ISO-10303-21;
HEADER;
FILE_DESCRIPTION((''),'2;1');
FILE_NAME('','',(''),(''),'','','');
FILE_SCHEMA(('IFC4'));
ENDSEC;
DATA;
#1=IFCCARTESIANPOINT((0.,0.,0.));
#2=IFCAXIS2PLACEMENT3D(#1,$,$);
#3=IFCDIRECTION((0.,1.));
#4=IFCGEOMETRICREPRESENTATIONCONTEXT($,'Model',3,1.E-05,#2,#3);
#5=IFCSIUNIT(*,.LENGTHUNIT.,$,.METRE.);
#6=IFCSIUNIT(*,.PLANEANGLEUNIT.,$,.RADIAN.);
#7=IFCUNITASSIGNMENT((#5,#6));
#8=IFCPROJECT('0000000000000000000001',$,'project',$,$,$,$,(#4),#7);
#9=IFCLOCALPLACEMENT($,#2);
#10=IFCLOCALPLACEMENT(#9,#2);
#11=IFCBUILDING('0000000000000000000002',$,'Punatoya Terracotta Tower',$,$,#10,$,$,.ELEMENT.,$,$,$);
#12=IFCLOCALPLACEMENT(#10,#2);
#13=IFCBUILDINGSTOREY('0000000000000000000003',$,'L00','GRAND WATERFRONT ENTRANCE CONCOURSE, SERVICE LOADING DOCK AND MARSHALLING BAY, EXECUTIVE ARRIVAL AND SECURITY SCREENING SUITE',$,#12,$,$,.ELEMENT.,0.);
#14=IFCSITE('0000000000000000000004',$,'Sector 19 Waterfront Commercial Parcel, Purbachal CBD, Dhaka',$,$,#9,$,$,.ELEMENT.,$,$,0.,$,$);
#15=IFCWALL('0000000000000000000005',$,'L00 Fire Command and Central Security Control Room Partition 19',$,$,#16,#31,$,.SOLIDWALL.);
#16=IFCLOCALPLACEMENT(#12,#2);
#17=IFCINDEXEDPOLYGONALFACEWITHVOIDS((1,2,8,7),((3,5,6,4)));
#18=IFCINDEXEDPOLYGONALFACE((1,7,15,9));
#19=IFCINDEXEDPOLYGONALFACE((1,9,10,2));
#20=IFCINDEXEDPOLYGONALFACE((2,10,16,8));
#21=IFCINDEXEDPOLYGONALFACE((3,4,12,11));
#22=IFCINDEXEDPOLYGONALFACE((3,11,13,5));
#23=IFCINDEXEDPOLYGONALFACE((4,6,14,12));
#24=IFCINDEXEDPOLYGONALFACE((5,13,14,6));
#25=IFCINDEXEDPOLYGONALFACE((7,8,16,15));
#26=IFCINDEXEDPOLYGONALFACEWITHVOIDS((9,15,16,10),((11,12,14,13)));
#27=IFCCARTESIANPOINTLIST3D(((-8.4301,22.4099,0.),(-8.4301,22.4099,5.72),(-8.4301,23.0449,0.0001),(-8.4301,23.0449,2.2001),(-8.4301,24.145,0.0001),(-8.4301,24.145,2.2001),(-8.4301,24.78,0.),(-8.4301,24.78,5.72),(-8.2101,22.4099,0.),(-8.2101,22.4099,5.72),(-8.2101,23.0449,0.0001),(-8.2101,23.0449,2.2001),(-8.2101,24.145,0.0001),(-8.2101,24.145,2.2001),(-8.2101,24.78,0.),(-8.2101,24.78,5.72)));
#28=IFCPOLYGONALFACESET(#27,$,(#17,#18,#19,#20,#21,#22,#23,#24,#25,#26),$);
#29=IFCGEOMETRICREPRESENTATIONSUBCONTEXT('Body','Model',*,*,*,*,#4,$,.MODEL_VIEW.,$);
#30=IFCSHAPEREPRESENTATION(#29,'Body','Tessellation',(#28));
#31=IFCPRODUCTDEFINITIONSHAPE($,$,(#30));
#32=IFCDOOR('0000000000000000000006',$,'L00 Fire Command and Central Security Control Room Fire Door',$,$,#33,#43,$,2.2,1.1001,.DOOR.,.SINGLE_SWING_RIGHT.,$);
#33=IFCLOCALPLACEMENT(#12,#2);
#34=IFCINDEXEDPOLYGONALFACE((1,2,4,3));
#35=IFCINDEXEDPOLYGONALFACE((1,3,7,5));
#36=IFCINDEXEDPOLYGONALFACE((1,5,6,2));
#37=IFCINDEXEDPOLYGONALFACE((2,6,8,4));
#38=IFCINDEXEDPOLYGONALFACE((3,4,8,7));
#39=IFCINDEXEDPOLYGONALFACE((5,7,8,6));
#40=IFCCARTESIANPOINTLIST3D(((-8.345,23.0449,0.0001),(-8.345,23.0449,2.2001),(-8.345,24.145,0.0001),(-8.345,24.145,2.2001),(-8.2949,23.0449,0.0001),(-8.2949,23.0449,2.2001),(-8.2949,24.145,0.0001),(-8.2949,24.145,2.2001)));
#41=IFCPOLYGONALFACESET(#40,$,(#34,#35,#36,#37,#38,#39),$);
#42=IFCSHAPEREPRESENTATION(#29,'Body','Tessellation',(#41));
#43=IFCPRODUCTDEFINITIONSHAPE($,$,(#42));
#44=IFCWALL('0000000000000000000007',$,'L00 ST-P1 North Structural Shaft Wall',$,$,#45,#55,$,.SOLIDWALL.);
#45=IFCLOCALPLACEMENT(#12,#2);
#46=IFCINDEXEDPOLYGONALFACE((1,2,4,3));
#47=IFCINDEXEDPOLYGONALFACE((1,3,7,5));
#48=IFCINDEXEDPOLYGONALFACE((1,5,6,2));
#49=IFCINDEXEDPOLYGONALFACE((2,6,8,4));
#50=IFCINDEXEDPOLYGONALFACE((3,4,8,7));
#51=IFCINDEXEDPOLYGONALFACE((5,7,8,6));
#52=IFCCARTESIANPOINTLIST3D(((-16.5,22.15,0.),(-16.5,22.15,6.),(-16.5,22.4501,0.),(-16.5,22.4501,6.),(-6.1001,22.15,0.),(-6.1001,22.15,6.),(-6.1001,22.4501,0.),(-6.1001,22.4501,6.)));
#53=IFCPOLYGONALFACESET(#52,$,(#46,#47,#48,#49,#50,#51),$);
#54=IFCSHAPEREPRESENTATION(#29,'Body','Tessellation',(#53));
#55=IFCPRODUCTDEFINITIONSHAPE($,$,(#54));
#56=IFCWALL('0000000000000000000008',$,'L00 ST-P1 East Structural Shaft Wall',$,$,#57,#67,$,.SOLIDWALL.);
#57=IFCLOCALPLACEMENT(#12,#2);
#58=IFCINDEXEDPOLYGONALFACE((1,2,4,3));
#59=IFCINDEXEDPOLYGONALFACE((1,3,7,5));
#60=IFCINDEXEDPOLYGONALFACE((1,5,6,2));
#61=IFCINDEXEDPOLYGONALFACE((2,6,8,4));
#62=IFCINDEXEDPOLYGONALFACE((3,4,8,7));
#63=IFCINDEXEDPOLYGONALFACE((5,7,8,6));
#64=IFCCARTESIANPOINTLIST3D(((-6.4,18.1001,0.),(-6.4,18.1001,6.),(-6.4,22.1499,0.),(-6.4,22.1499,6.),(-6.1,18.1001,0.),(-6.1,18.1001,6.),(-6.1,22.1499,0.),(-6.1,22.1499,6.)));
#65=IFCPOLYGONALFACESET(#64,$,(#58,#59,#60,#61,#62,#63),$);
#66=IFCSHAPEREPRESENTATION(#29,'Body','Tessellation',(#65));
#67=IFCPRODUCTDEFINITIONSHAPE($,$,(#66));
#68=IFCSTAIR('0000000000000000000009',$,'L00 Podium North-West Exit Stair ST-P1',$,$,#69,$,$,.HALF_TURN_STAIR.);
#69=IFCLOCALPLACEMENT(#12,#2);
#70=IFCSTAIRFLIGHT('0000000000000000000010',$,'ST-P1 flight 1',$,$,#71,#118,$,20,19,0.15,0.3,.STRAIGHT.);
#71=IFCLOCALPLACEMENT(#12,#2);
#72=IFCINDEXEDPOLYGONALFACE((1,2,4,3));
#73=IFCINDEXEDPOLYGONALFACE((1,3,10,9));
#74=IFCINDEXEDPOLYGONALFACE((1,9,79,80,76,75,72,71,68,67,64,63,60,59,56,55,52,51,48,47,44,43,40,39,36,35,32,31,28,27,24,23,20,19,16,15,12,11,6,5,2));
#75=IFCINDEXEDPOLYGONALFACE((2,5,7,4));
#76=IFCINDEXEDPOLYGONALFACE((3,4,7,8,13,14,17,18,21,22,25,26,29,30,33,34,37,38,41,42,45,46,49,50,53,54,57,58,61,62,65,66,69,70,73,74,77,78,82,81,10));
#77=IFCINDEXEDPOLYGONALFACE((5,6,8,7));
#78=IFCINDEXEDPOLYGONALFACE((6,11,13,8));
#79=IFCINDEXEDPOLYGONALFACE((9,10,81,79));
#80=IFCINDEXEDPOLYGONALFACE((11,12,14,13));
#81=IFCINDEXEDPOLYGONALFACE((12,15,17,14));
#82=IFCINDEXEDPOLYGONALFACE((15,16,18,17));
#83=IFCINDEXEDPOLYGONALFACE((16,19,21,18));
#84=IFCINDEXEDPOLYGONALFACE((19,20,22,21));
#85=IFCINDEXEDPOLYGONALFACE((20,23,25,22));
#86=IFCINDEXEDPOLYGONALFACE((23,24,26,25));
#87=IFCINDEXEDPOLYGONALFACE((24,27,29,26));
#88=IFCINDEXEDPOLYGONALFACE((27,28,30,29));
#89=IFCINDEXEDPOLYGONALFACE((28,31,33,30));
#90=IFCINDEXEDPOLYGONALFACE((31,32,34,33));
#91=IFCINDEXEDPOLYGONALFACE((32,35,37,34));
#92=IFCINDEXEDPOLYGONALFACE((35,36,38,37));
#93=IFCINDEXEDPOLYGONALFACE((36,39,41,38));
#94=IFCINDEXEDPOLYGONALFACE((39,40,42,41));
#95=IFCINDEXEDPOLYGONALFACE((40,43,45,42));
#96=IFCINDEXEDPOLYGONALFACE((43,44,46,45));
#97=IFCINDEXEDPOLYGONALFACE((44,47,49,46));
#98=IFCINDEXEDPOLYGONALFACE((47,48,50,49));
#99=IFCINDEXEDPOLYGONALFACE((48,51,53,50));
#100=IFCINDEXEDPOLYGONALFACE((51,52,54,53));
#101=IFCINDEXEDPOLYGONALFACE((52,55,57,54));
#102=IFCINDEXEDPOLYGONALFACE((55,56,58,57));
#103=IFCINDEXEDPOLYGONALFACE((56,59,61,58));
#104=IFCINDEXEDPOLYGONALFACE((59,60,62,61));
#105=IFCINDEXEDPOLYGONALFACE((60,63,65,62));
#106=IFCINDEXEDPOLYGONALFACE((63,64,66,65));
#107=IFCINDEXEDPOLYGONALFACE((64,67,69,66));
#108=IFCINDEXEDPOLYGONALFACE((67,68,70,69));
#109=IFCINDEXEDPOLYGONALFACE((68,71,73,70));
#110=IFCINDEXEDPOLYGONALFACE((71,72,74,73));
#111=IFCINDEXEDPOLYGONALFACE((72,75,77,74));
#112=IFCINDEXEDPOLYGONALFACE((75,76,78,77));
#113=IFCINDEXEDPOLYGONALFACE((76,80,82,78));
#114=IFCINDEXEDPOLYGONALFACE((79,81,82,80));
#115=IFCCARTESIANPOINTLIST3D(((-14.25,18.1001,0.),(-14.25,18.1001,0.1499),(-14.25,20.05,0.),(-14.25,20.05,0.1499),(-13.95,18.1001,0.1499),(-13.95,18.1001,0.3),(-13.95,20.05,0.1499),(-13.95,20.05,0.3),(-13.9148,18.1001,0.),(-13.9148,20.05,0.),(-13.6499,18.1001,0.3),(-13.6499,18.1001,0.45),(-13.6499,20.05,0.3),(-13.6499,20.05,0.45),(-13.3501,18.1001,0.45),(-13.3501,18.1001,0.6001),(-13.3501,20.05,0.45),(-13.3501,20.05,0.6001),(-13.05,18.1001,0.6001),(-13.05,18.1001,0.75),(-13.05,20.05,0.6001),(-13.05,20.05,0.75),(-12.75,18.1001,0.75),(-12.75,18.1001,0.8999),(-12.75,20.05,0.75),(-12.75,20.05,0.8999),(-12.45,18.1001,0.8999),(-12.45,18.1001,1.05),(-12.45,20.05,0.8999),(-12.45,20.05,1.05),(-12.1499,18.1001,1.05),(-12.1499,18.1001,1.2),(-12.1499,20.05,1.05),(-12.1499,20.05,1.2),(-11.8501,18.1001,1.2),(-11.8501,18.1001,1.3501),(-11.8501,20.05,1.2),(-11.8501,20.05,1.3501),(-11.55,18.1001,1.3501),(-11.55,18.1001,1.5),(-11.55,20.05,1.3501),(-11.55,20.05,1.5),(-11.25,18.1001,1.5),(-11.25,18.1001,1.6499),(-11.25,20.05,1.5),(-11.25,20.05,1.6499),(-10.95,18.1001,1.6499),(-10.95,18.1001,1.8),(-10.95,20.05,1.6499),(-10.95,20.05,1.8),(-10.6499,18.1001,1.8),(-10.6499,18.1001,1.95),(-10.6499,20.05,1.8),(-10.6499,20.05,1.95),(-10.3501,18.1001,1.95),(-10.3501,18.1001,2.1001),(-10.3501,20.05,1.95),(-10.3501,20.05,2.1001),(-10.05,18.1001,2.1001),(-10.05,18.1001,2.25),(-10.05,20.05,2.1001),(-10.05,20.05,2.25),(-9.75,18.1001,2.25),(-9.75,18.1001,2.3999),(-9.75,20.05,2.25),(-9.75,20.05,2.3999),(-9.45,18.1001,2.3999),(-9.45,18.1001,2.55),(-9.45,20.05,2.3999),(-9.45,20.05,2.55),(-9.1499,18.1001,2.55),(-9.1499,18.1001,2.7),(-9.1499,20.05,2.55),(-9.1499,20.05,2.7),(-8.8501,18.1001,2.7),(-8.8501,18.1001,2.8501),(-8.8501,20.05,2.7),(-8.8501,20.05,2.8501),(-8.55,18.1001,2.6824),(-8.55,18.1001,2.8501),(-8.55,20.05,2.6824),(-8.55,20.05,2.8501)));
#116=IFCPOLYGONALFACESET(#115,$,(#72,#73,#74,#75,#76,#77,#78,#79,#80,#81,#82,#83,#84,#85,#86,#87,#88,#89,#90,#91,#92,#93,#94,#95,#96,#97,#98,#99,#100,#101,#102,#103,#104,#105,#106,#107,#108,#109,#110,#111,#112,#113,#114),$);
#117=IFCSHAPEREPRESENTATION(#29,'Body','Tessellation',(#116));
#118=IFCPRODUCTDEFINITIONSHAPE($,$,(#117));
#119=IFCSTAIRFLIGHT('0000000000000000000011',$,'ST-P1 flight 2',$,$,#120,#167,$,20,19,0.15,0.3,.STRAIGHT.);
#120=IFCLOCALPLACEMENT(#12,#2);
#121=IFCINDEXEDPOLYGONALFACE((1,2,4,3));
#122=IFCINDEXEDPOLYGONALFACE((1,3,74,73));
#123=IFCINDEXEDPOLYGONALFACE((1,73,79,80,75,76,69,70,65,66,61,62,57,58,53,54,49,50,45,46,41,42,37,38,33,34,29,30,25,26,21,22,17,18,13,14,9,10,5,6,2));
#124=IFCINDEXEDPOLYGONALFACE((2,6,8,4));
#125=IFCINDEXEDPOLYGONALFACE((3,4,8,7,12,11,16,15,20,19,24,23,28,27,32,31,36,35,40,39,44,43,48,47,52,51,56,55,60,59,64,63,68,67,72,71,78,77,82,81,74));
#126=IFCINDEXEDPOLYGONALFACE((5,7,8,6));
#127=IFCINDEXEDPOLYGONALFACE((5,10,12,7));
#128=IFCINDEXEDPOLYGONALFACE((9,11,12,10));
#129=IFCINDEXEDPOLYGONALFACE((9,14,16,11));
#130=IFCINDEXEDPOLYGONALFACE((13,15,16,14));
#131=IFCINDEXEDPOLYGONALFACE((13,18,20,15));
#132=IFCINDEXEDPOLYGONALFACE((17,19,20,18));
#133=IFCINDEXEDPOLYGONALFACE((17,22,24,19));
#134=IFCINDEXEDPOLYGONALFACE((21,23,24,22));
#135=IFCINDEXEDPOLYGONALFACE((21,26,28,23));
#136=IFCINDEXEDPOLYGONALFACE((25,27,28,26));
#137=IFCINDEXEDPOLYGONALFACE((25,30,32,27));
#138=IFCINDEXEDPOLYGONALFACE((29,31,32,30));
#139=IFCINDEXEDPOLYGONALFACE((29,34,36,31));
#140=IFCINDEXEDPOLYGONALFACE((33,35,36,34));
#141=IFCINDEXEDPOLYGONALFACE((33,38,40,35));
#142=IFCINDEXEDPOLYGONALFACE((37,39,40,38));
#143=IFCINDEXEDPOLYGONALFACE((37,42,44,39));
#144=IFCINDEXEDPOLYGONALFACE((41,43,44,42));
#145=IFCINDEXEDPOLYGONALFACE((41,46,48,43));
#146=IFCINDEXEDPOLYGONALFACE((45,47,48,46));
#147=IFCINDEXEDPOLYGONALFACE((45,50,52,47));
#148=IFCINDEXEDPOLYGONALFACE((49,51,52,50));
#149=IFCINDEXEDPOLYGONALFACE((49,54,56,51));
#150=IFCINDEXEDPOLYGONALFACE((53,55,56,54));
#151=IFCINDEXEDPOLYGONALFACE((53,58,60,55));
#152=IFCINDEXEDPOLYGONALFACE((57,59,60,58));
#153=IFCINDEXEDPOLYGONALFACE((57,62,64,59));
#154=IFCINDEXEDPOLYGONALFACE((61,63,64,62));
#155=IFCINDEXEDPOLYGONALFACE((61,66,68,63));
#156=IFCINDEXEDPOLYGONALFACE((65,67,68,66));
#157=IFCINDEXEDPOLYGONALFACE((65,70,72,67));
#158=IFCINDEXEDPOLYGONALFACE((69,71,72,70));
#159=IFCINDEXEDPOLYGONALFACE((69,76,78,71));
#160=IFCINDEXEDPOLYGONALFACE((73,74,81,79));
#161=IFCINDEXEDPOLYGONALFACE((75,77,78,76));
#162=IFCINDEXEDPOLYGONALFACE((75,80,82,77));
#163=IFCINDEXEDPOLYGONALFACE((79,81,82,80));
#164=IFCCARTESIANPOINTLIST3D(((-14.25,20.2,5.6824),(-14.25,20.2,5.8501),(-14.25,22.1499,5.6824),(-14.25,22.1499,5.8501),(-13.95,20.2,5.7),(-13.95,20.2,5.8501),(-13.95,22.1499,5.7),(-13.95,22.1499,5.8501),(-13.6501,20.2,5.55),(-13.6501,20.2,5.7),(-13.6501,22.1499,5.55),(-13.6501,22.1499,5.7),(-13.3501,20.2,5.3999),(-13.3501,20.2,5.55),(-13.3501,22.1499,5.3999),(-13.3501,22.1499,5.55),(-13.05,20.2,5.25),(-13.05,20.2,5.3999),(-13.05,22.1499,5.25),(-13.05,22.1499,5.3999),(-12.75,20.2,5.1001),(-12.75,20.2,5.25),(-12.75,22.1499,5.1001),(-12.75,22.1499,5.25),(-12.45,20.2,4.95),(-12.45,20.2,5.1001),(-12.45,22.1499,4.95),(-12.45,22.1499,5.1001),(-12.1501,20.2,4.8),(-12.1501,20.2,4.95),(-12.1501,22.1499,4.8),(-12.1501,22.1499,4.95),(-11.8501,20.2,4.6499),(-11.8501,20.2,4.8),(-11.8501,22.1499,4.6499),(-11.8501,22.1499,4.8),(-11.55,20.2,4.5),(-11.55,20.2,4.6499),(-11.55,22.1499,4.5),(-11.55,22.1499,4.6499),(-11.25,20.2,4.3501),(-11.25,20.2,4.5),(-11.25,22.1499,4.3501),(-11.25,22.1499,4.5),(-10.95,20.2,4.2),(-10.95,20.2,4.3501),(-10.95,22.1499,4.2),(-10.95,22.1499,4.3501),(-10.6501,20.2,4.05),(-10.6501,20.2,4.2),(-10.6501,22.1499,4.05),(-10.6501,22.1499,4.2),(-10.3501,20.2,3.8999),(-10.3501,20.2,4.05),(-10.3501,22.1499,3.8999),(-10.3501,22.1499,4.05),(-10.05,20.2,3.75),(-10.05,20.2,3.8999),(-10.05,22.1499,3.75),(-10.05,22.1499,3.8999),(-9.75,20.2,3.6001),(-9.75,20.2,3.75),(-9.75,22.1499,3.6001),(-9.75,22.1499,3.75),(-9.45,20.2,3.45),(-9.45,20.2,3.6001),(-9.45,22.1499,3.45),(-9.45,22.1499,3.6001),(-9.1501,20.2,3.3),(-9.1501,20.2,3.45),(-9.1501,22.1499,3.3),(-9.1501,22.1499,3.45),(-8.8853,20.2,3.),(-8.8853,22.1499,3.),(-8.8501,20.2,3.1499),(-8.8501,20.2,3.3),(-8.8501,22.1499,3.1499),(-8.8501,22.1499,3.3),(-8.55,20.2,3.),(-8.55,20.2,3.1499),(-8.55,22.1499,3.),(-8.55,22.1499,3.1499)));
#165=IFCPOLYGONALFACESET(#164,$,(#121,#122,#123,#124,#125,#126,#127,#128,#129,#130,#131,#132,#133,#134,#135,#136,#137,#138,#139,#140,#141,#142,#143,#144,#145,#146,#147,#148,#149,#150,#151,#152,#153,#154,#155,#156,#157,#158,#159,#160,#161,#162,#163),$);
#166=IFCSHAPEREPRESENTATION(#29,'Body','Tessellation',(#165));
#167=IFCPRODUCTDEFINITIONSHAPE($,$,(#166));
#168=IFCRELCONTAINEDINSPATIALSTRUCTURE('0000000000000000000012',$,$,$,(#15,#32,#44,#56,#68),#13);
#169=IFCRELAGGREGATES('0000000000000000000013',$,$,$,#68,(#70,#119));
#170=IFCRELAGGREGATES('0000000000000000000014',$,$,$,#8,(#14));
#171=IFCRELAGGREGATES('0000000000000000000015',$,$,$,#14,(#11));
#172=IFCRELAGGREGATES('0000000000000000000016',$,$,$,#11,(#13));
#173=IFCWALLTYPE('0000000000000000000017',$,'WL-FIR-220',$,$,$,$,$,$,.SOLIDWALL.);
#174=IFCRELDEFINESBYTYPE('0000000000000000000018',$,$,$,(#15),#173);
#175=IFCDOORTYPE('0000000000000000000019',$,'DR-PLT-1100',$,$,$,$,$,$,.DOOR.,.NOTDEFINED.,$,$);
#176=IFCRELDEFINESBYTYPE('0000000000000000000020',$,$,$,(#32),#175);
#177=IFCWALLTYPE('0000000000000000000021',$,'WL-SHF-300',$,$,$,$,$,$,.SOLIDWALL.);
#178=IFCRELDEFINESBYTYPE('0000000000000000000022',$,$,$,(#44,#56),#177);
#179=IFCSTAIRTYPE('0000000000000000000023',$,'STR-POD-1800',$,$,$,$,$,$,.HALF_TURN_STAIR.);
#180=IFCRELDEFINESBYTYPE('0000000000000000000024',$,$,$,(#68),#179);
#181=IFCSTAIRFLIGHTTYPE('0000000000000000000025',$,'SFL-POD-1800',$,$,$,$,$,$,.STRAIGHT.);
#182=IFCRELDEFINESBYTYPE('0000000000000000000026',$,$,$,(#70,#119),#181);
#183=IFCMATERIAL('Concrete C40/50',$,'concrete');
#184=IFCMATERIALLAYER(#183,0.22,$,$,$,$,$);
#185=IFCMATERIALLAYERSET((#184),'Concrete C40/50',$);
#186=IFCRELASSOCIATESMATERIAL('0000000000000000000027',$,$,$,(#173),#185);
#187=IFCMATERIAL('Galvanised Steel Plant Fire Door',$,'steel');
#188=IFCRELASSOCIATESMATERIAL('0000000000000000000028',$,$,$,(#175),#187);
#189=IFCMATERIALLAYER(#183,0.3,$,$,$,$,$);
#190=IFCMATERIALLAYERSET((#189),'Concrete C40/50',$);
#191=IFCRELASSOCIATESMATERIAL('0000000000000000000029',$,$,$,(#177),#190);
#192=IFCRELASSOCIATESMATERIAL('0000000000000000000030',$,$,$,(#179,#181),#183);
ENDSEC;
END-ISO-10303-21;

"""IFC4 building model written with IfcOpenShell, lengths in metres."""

from ifc_helpers import new_model, si_unit, direction, frame, frame_2d, origin, place, context, subcontext, project, spatial, polyline, rectangle, outline, extrude, material, layer, layer_set, type_object, element, fill, aggregate, save


model = new_model("IFC4")

# Units and contexts
model_context = context("Model", 3, precision=1e-05, world=origin(), true_north=direction((0.0, 1.0)))
body_context = subcontext(model_context, "Body", "Model", "MODEL_VIEW")
ifc_project = project(units=[si_unit("LENGTHUNIT", "METRE"), si_unit("PLANEANGLEUNIT", "RADIAN")], contexts=[model_context])

# Site, building, storey
site_placement = place(None, origin())
site = spatial("IfcSite", under=ifc_project, at=site_placement, Name="Sector 19 Waterfront Commercial Parcel, Purbachal CBD, Dhaka", CompositionType="ELEMENT", RefElevation=0.0)
building_placement = place(site_placement, origin())
building = spatial("IfcBuilding", under=site, at=building_placement, Name="Punatoya Terracotta Tower", CompositionType="ELEMENT")
storey_placement = place(building_placement, origin())
storey = spatial("IfcBuildingStorey", under=building, at=storey_placement, Name="L00", Description="GRAND WATERFRONT ENTRANCE CONCOURSE, SERVICE LOADING DOCK AND MARSHALLING BAY, EXECUTIVE ARRIVAL AND SECURITY SCREENING SUITE", CompositionType="ELEMENT", Elevation=0.0)

# Shared definitions
ifc_material_1 = material(Name="Concrete C40/50", Category="concrete")
ifc_layer_1 = layer(ifc_material_1, 0.22)
ifc_layer_set_1 = layer_set([ifc_layer_1], Name="Concrete C40/50")
wall_type_1 = type_object("IfcWallType", Name="WL-FIR-220", PredefinedType="SOLIDWALL", material=ifc_layer_set_1)

# Wall, opening, door
wall_1_placement = place(storey_placement, frame((-8.3201, 22.4099, 0.0), z_axis=(0.0, 0.0, 1.0), x_axis=(0.0, 1.0, 0.0)))
wall_1 = element("IfcWall", 1, at=wall_1_placement, inside=storey, type_object=wall_type_1, Name="L00 Fire Command and Central Security Control Room Partition 19", PredefinedType="SOLIDWALL", context=body_context, shape_type="SweptSolid", body=[
    extrude(rectangle(XDim=2.3701, YDim=0.22, at=frame_2d((1.1851, 0.0))), origin(), (0.0, 0.0, 1.0), 5.72),
])
opening_1_placement = place(wall_1_placement, frame((0.635, 0.0, 0.0)))
opening_1 = element("IfcOpeningElement", 2, at=opening_1_placement, cuts=wall_1, PredefinedType="OPENING", context=body_context, shape_type="SweptSolid", body=[
    extrude(rectangle(XDim=1.1001, YDim=2.2, at=frame_2d((0.55, 1.1001))), frame((0.0, 0.1199, 0.0), z_axis=(0.0, -1.0, 0.0), x_axis=(1.0, 0.0, 0.0)), (0.0, 0.0, 1.0), 0.24),
])
ifc_material_2 = material(Name="Galvanised Steel Plant Fire Door", Category="steel")
door_type_1 = type_object("IfcDoorType", Name="DR-PLT-1100", OperationType="NOTDEFINED", PredefinedType="DOOR", material=ifc_material_2)
door_1_placement = place(opening_1_placement, origin())
door_1 = element("IfcDoor", 3, at=door_1_placement, inside=storey, type_object=door_type_1, Name="L00 Fire Command and Central Security Control Room Fire Door", OperationType="SINGLE_SWING_RIGHT", OverallHeight=2.2, OverallWidth=1.1001, PredefinedType="DOOR", context=body_context, shape_type="SweptSolid", body=[
    extrude(rectangle(XDim=1.1001, YDim=2.2, at=frame_2d((0.55, 1.1001))), frame((0.0, 0.0249, 0.0), z_axis=(0.0, -1.0, 0.0), x_axis=(1.0, 0.0, 0.0)), (0.0, 0.0, 1.0), 0.05),
])
fill(opening_1, door_1)

# Walls
ifc_layer_2 = layer(ifc_material_1, 0.3)
ifc_layer_set_2 = layer_set([ifc_layer_2], Name="Concrete C40/50")
wall_type_2 = type_object("IfcWallType", Name="WL-SHF-300", PredefinedType="SOLIDWALL", material=ifc_layer_set_2)
wall_2_placement = place(storey_placement, frame((-6.1001, 22.3, 0.0), z_axis=(0.0, 0.0, 1.0), x_axis=(-1.0, 0.0, 0.0)))
element("IfcWall", 4, at=wall_2_placement, inside=storey, type_object=wall_type_2, Name="L00 ST-P1 North Structural Shaft Wall", PredefinedType="SOLIDWALL", context=body_context, shape_type="SweptSolid", body=[
    extrude(rectangle(XDim=10.3999, YDim=0.3, at=frame_2d((5.2, 0.0))), origin(), (0.0, 0.0, 1.0), 6.0),
])
wall_3_placement = place(storey_placement, frame((-6.25, 22.1499, 0.0), z_axis=(0.0, 0.0, 1.0), x_axis=(0.0, -1.0, 0.0)))
element("IfcWall", 5, at=wall_3_placement, inside=storey, type_object=wall_type_2, Name="L00 ST-P1 East Structural Shaft Wall", PredefinedType="SOLIDWALL", context=body_context, shape_type="SweptSolid", body=[
    extrude(rectangle(XDim=4.0498, YDim=0.3, at=frame_2d((2.0249, 0.0))), origin(), (0.0, 0.0, 1.0), 6.0),
])

# Stair, stair flights
stair_type = type_object("IfcStairType", Name="STR-POD-1800", PredefinedType="HALF_TURN_STAIR", material=ifc_material_1)
stair_placement = place(storey_placement, origin())
stair = element("IfcStair", 6, at=stair_placement, inside=storey, type_object=stair_type, Name="L00 Podium North-West Exit Stair ST-P1", PredefinedType="HALF_TURN_STAIR")
stair_flight_type = type_object("IfcStairFlightType", Name="SFL-POD-1800", PredefinedType="STRAIGHT", material=ifc_material_1)
stair_flight_1_placement = place(storey_placement, frame((-14.25, 19.075, 0.0), z_axis=(0.0, 0.0, 1.0), x_axis=(1.0, 0.0, 0.0)))
stair_flight_1 = element("IfcStairFlight", 7, at=stair_flight_1_placement, type_object=stair_flight_type, Name="ST-P1 flight 1", NumberOfRisers=20, NumberOfTreads=19, PredefinedType="STRAIGHT", RiserHeight=0.15, TreadLength=0.3, context=body_context, shape_type="SweptSolid", body=[
    extrude(outline(polyline([(0.0, 0.0), (0.0, 0.1499), (0.3, 0.1499), (0.3, 0.3), (0.6001, 0.3), (0.6001, 0.45), (0.8999, 0.45), (0.8999, 0.6001), (1.2, 0.6001), (1.2, 0.75), (1.5, 0.75), (1.5, 0.8999), (1.8, 0.8999), (1.8, 1.05), (2.1001, 1.05), (2.1001, 1.2), (2.3999, 1.2), (2.3999, 1.3501), (2.7, 1.3501), (2.7, 1.5), (3.0, 1.5), (3.0, 1.6499), (3.3, 1.6499), (3.3, 1.8), (3.6001, 1.8), (3.6001, 1.95), (3.8999, 1.95), (3.8999, 2.1001), (4.2, 2.1001), (4.2, 2.25), (4.5, 2.25), (4.5, 2.3999), (4.8, 2.3999), (4.8, 2.55), (5.1001, 2.55), (5.1001, 2.7), (5.3999, 2.7), (5.3999, 2.8501), (5.7, 2.8501), (5.7, 3.0), (5.7, 2.6824), (0.3352, 0.0), (0.0, 0.0)])), frame((0.0, 0.9751, 0.0), z_axis=(0.0, -1.0, 0.0), x_axis=(1.0, 0.0, 0.0)), (0.0, 0.0, 1.0), 1.95),
])
stair_flight_2_placement = place(storey_placement, frame((-8.55, 21.175, 3.0), z_axis=(0.0, 0.0, 1.0), x_axis=(-1.0, 0.0, 0.0)))
stair_flight_2 = element("IfcStairFlight", 8, at=stair_flight_2_placement, type_object=stair_flight_type, Name="ST-P1 flight 2", NumberOfRisers=20, NumberOfTreads=19, PredefinedType="STRAIGHT", RiserHeight=0.15, TreadLength=0.3, context=body_context, shape_type="SweptSolid", body=[
    extrude(outline(polyline([(0.0, 0.0), (0.0, 0.1499), (0.3, 0.1499), (0.3, 0.3), (0.6001, 0.3), (0.6001, 0.45), (0.8999, 0.45), (0.8999, 0.6001), (1.2, 0.6001), (1.2, 0.75), (1.5, 0.75), (1.5, 0.8999), (1.8, 0.8999), (1.8, 1.05), (2.1001, 1.05), (2.1001, 1.2), (2.3999, 1.2), (2.3999, 1.3501), (2.7, 1.3501), (2.7, 1.5), (3.0, 1.5), (3.0, 1.6499), (3.3, 1.6499), (3.3, 1.8), (3.6001, 1.8), (3.6001, 1.95), (3.8999, 1.95), (3.8999, 2.1001), (4.2, 2.1001), (4.2, 2.25), (4.5, 2.25), (4.5, 2.3999), (4.8, 2.3999), (4.8, 2.55), (5.1001, 2.55), (5.1001, 2.7), (5.3999, 2.7), (5.3999, 2.8501), (5.7, 2.8501), (5.7, 3.0), (5.7, 2.6824), (0.3352, 0.0), (0.0, 0.0)])), frame((0.0, 0.9751, 0.0), z_axis=(0.0, -1.0, 0.0), x_axis=(1.0, 0.0, 0.0)), (0.0, 0.0, 1.0), 1.95),
])
aggregate(stair, [stair_flight_1, stair_flight_2])

save(model, "model.ifc")
